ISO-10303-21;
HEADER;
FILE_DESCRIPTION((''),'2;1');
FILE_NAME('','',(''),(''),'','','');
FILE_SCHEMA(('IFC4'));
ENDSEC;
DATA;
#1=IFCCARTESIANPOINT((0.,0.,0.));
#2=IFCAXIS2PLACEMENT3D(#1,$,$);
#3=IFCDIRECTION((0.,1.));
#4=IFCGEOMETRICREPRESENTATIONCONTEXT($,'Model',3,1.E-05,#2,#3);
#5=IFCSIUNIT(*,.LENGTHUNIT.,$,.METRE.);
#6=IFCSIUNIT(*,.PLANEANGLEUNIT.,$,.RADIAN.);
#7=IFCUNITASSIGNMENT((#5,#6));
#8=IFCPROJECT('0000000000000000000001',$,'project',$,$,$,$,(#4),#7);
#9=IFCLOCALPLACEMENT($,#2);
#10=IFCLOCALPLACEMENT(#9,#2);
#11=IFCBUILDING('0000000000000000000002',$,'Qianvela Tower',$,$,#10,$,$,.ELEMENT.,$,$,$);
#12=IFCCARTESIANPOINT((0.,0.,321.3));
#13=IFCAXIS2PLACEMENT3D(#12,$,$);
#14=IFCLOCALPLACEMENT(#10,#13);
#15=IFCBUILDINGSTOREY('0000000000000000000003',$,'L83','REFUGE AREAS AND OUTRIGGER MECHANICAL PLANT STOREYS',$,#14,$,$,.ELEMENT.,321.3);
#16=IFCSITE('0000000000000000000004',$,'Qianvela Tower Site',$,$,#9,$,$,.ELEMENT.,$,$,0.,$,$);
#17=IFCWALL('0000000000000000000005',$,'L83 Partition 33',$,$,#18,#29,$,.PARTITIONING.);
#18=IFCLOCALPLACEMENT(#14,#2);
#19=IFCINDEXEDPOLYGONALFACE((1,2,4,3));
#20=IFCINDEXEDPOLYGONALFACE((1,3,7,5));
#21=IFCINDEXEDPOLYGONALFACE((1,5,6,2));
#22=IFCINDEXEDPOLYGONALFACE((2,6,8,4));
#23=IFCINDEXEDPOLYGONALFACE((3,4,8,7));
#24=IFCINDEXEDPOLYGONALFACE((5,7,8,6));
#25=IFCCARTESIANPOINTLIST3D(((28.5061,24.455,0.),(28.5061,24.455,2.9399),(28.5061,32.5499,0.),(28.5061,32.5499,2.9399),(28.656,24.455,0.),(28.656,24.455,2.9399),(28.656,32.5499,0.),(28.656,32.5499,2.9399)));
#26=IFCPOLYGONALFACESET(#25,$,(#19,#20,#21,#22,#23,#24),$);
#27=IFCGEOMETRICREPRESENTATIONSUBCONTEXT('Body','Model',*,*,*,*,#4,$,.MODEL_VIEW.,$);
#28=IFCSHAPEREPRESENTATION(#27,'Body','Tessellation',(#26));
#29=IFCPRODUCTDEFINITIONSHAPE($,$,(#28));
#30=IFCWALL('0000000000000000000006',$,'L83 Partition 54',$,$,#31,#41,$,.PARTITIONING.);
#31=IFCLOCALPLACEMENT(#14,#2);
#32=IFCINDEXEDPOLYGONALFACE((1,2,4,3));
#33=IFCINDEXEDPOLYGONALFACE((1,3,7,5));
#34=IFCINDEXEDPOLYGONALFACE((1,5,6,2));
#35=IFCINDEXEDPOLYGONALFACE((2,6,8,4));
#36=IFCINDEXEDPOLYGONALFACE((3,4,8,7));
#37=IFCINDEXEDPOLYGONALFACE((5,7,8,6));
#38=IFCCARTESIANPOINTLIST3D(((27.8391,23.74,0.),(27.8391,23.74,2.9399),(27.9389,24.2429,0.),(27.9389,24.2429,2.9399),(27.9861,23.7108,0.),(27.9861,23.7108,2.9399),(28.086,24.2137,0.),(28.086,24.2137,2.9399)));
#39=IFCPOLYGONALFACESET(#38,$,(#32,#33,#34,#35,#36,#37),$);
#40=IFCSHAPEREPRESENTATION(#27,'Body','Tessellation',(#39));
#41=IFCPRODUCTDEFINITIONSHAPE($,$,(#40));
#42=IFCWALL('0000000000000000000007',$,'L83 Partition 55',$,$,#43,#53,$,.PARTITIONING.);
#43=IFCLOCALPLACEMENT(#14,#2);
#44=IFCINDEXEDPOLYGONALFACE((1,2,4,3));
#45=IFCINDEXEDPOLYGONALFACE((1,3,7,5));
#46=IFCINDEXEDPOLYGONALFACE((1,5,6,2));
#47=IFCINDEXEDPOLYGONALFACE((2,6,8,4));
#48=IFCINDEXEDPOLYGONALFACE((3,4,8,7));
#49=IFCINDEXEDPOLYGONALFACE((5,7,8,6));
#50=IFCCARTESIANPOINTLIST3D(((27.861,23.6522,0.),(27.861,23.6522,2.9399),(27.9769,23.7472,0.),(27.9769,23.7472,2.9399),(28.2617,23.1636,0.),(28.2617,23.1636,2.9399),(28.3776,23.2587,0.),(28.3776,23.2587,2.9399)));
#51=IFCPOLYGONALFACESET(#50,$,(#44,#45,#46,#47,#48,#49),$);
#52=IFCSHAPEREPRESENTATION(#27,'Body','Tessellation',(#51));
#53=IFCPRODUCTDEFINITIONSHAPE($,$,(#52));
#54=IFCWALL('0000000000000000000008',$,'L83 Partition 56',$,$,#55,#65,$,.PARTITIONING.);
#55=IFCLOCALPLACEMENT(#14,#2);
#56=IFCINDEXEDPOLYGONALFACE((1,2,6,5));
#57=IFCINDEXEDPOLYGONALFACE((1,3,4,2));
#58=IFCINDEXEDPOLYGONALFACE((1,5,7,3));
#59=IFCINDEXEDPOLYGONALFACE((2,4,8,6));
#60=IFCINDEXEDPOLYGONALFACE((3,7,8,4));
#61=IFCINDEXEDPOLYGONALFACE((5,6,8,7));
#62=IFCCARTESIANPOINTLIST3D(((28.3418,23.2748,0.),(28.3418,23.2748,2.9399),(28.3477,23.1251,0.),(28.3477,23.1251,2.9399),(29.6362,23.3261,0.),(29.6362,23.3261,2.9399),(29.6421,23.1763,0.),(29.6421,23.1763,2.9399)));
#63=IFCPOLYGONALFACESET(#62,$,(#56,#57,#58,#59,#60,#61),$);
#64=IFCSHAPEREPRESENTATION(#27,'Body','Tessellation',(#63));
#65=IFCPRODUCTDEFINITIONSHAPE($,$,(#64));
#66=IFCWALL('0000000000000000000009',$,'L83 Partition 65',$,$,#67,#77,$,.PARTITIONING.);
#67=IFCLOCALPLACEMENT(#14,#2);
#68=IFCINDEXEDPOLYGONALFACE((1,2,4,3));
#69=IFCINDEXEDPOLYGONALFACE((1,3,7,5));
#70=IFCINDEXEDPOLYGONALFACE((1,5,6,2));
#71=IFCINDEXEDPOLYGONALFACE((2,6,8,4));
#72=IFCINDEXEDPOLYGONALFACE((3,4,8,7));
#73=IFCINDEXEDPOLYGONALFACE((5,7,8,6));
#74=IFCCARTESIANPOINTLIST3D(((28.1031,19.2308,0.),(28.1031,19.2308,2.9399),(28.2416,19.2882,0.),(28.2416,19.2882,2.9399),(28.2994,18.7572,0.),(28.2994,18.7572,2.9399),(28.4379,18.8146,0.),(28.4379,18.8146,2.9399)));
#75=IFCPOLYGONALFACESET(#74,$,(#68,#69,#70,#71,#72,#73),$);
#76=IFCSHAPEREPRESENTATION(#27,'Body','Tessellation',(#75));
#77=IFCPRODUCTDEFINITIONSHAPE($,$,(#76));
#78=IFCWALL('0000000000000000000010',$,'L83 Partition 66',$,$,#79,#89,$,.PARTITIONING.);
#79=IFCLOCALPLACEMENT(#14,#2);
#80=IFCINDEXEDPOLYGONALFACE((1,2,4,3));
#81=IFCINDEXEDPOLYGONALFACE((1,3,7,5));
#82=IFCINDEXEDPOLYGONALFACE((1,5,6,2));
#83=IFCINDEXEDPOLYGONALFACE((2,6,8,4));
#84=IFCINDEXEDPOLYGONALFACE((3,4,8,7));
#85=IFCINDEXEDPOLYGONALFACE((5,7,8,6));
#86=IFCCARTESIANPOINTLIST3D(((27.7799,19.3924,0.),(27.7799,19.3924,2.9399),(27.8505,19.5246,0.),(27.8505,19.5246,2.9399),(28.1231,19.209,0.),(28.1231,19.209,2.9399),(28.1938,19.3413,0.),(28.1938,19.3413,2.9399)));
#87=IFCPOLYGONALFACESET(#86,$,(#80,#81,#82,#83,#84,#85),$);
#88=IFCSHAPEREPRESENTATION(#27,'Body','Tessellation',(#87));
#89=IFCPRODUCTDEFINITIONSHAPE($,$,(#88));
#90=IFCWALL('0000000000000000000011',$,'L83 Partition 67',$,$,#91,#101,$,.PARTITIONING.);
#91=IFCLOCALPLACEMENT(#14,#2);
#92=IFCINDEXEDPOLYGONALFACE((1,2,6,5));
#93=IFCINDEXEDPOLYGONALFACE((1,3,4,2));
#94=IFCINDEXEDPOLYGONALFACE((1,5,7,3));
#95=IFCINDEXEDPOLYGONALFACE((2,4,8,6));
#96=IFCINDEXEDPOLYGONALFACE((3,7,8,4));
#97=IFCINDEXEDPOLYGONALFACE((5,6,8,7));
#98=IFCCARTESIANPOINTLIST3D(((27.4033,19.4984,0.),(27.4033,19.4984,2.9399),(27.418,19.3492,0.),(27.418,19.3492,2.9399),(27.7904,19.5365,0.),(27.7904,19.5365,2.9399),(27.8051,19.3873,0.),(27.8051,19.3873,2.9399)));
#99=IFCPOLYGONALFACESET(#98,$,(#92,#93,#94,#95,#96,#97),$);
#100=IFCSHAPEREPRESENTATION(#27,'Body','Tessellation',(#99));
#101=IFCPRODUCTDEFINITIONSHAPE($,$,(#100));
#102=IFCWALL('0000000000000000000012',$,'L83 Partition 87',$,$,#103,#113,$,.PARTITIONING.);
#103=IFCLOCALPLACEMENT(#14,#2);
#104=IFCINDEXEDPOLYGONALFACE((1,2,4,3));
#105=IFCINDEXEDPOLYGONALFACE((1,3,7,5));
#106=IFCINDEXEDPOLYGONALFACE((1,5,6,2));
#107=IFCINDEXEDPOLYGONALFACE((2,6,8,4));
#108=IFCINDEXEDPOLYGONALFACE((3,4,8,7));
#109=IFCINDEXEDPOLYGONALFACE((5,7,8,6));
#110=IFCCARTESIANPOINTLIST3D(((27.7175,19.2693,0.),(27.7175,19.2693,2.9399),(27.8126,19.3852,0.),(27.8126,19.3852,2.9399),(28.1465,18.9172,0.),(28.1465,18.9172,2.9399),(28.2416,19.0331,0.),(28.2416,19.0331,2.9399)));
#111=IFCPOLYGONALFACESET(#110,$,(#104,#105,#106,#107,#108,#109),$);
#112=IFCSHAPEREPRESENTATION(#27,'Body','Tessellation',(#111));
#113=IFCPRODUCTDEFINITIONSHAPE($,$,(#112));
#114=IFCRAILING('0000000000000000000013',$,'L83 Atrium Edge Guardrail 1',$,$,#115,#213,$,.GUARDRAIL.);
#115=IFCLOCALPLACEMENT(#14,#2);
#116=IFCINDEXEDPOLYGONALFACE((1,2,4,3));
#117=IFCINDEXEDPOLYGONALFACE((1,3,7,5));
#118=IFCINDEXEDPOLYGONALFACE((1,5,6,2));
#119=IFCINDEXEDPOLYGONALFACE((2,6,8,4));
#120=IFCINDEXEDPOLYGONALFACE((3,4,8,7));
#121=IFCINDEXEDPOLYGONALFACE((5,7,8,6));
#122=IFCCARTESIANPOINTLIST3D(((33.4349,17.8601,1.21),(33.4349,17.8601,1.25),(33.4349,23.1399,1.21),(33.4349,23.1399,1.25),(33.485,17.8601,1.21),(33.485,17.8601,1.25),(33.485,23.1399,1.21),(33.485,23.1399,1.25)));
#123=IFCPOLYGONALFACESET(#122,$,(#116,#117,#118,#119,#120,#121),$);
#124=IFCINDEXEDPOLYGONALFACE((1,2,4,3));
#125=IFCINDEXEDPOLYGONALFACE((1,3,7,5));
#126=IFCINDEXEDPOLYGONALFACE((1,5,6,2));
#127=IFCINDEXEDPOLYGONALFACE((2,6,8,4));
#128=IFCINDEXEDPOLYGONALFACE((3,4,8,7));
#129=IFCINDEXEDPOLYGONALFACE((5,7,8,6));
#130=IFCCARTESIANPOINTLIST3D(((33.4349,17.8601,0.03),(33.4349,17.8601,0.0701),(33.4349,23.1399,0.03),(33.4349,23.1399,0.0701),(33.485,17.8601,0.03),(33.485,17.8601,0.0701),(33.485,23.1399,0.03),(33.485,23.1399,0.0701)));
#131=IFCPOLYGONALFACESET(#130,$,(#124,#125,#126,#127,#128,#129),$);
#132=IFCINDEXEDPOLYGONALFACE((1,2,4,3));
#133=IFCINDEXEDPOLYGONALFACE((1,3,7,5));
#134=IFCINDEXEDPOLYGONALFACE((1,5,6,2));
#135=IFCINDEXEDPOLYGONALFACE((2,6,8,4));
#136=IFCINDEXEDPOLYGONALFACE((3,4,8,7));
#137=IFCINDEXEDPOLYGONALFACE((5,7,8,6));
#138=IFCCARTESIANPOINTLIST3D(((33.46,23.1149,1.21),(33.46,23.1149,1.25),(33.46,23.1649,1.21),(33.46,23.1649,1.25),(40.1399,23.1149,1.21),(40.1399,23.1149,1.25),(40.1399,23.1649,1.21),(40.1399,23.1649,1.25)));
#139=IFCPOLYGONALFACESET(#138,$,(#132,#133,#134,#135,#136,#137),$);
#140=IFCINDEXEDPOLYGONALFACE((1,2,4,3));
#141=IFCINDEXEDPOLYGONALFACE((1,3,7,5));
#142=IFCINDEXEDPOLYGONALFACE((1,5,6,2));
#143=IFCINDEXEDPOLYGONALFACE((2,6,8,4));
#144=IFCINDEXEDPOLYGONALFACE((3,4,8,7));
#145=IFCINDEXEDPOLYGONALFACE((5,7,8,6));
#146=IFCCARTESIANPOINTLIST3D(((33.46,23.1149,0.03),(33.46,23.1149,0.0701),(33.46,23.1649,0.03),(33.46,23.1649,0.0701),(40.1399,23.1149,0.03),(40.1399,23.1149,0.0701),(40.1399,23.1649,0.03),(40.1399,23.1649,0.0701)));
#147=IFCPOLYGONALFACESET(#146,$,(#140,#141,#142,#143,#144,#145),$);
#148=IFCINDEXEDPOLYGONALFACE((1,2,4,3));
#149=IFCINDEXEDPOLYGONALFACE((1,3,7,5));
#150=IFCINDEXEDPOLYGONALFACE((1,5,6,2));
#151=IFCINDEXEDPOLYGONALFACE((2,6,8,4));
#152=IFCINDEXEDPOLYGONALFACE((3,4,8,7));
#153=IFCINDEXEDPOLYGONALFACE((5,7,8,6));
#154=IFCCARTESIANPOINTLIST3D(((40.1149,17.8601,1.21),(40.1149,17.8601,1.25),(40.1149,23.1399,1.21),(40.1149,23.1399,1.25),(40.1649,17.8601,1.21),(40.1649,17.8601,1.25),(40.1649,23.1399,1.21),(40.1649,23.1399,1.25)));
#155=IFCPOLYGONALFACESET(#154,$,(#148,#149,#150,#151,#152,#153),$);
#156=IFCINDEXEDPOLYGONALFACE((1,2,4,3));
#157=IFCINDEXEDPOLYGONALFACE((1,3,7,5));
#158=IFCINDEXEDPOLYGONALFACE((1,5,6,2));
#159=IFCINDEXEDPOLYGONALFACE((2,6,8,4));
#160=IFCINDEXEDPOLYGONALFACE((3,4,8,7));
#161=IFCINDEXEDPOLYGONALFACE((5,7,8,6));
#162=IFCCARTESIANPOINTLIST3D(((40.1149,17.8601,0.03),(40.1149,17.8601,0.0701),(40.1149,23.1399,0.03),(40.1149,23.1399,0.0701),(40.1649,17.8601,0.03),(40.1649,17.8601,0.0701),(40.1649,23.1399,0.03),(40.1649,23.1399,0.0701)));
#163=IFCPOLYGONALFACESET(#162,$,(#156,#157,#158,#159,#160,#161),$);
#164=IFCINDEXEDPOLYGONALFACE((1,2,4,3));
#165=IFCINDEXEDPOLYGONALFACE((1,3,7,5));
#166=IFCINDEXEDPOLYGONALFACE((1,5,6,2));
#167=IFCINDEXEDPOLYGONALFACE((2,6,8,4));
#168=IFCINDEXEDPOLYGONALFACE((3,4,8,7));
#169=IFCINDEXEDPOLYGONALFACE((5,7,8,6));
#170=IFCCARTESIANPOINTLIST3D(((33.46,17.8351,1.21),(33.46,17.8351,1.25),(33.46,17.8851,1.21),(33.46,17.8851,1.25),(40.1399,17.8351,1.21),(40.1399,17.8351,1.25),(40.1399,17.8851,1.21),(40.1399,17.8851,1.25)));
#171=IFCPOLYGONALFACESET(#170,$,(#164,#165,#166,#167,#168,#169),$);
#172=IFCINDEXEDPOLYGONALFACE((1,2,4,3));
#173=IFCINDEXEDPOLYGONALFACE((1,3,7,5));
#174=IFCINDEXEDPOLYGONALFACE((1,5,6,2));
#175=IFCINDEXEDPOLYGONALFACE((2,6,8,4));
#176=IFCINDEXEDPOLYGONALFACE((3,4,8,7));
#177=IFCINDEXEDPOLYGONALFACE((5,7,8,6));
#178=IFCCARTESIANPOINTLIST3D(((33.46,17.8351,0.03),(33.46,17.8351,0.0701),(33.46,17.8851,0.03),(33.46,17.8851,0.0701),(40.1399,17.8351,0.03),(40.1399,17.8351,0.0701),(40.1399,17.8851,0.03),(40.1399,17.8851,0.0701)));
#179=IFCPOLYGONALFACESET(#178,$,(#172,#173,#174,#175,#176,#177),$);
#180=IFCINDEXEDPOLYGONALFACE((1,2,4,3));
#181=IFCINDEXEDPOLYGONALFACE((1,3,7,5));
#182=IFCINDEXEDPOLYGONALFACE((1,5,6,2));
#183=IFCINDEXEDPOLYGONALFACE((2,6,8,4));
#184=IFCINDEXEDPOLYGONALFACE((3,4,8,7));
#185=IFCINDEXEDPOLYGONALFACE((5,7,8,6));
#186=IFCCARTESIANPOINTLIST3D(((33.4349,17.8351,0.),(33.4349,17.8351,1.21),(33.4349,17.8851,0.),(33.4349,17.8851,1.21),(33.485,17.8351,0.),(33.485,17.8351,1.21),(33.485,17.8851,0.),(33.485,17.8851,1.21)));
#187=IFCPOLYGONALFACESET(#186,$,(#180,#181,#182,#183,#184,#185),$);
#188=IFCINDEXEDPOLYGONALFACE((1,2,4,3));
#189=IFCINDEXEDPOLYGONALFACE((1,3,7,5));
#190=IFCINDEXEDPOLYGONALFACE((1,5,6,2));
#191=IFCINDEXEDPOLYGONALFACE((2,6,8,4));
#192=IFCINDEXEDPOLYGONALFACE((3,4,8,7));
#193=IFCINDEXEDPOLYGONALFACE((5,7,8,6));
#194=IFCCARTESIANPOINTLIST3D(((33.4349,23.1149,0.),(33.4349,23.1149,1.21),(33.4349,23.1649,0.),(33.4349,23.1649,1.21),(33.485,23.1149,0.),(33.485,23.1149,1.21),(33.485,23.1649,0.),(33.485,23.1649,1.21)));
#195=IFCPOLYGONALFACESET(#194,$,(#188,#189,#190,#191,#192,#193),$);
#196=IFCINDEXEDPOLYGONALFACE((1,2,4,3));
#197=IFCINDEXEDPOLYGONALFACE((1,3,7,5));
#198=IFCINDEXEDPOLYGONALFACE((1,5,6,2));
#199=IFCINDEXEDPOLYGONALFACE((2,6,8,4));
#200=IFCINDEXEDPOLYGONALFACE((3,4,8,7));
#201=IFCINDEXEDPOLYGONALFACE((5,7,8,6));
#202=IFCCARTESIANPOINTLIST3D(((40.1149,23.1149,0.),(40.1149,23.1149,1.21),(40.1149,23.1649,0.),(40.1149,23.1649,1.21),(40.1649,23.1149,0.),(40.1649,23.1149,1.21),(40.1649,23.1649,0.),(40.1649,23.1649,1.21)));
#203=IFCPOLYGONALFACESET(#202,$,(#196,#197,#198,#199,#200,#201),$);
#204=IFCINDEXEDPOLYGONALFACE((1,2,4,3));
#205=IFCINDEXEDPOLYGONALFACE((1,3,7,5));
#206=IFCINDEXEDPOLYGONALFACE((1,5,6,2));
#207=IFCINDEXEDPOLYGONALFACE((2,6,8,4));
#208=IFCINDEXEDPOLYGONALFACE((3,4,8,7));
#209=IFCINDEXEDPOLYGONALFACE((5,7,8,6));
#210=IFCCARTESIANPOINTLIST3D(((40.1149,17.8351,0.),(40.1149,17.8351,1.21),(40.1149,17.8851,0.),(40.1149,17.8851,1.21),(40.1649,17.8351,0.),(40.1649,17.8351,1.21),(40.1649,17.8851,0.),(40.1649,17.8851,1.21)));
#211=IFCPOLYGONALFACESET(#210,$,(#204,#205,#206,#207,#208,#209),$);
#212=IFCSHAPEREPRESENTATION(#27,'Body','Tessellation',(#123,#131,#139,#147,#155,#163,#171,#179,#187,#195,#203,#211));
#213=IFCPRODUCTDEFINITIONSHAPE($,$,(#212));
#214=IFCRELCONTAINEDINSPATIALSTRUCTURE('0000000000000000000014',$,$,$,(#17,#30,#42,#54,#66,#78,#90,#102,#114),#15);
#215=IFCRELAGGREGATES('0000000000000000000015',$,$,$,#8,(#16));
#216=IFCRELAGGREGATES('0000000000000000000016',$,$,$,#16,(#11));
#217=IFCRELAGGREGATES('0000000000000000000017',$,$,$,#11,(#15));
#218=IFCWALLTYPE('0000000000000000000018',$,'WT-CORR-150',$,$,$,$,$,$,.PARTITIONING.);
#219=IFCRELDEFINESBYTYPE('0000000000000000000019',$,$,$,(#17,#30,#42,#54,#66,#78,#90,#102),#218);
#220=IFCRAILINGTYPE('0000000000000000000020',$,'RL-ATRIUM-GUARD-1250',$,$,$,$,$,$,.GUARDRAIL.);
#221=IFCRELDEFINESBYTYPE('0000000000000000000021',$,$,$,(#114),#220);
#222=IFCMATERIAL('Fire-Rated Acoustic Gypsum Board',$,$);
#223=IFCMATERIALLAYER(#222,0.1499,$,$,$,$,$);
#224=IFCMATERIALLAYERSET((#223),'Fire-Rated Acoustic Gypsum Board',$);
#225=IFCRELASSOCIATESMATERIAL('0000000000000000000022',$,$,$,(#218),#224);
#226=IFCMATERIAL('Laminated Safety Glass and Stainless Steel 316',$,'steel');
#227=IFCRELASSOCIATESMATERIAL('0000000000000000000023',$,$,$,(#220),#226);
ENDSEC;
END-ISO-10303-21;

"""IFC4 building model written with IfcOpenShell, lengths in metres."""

from ifc_helpers import new_model, si_unit, direction, frame, frame_2d, origin, origin_2d, place, context, subcontext, project, spatial, rectangle, extrude, material, layer, layer_set, type_object, element, save


model = new_model("IFC4")

# Units and contexts
model_context = context("Model", 3, precision=1e-05, world=origin(), true_north=direction((0.0, 1.0)))
body_context = subcontext(model_context, "Body", "Model", "MODEL_VIEW")
ifc_project = project(units=[si_unit("LENGTHUNIT", "METRE"), si_unit("PLANEANGLEUNIT", "RADIAN")], contexts=[model_context])

# Site, building, storey
site_placement = place(None, origin())
site = spatial("IfcSite", under=ifc_project, at=site_placement, Name="Qianvela Tower Site", CompositionType="ELEMENT", RefElevation=0.0)
building_placement = place(site_placement, origin())
building = spatial("IfcBuilding", under=site, at=building_placement, Name="Qianvela Tower", CompositionType="ELEMENT")
storey_placement = place(building_placement, frame((0.0, 0.0, 321.3)))
storey = spatial("IfcBuildingStorey", under=building, at=storey_placement, Name="L83", Description="REFUGE AREAS AND OUTRIGGER MECHANICAL PLANT STOREYS", CompositionType="ELEMENT", Elevation=321.3)

# Shared definitions
ifc_material_1 = material(Name="Fire-Rated Acoustic Gypsum Board")
ifc_layer_1 = layer(ifc_material_1, 0.1499)
ifc_layer_set_1 = layer_set([ifc_layer_1], Name="Fire-Rated Acoustic Gypsum Board")
wall_type = type_object("IfcWallType", Name="WT-CORR-150", PredefinedType="PARTITIONING", material=ifc_layer_set_1)

# Walls
wall_1_placement = place(storey_placement, frame((28.5811, 24.4551, 0.0), z_axis=(0.0, 0.0, 1.0), x_axis=(0.0, 1.0, 0.0)))
element("IfcWall", 1, at=wall_1_placement, inside=storey, type_object=wall_type, Name="L83 Partition 33", PredefinedType="PARTITIONING", context=body_context, shape_type="SweptSolid", body=[
    extrude(rectangle(XDim=8.095, YDim=0.1499, at=frame_2d((4.0474, 0.0))), origin(), (0.0, 0.0, 1.0), 2.9399),
])
wall_2_placement = place(storey_placement, frame((28.0125, 24.2283, 0.0), z_axis=(0.0, 0.0, 1.0), x_axis=(-0.194742, -0.980854, 0.0)))
element("IfcWall", 2, at=wall_2_placement, inside=storey, type_object=wall_type, Name="L83 Partition 54", PredefinedType="PARTITIONING", context=body_context, shape_type="SweptSolid", body=[
    extrude(rectangle(XDim=0.5127, YDim=0.1499, at=frame_2d((0.2563, 0.0))), origin(), (0.0, 0.0, 1.0), 2.9399),
])
wall_3_placement = place(storey_placement, frame((27.9189, 23.6997, 0.0), z_axis=(0.0, 0.0, 1.0), x_axis=(0.634121, -0.773234, 0.0)))
element("IfcWall", 3, at=wall_3_placement, inside=storey, type_object=wall_type, Name="L83 Partition 55", PredefinedType="PARTITIONING", context=body_context, shape_type="SweptSolid", body=[
    extrude(rectangle(XDim=0.6318, YDim=0.1499, at=frame_2d((0.3159, 0.0))), origin(), (0.0, 0.0, 1.0), 2.9399),
])
wall_4_placement = place(storey_placement, frame((28.3447, 23.2, 0.0), z_axis=(0.0, 0.0, 1.0), x_axis=(0.999217, 0.039577, 0.0)))
element("IfcWall", 4, at=wall_4_placement, inside=storey, type_object=wall_type, Name="L83 Partition 56", PredefinedType="PARTITIONING", context=body_context, shape_type="SweptSolid", body=[
    extrude(rectangle(XDim=1.2954, YDim=0.1499, at=frame_2d((0.6477, 0.0))), origin(), (0.0, 0.0, 1.0), 2.9399),
])
wall_5_placement = place(storey_placement, frame((28.3687, 18.7859, 0.0), z_axis=(0.0, 0.0, 1.0), x_axis=(-0.382856, 0.923808, 0.0)))
element("IfcWall", 5, at=wall_5_placement, inside=storey, type_object=wall_type, Name="L83 Partition 65", PredefinedType="PARTITIONING", context=body_context, shape_type="SweptSolid", body=[
    extrude(rectangle(XDim=0.5127, YDim=0.1499, at=frame_2d((0.2563, 0.0))), origin(), (0.0, 0.0, 1.0), 2.9399),
])
wall_6_placement = place(storey_placement, frame((28.1584, 19.2751, 0.0), z_axis=(0.0, 0.0, 1.0), x_axis=(-0.882058, 0.471142, 0.0)))
element("IfcWall", 6, at=wall_6_placement, inside=storey, type_object=wall_type, Name="L83 Partition 66", PredefinedType="PARTITIONING", context=body_context, shape_type="SweptSolid", body=[
    extrude(rectangle(XDim=0.3892, YDim=0.1499, at=frame_2d((0.1946, 0.0))), origin(), (0.0, 0.0, 1.0), 2.9399),
])
wall_7_placement = place(storey_placement, frame((27.7976, 19.4619, 0.0), z_axis=(0.0, 0.0, 1.0), x_axis=(-0.995191, -0.097949, 0.0)))
element("IfcWall", 7, at=wall_7_placement, inside=storey, type_object=wall_type, Name="L83 Partition 67", PredefinedType="PARTITIONING", context=body_context, shape_type="SweptSolid", body=[
    extrude(rectangle(XDim=0.3889, YDim=0.1499, at=frame_2d((0.1943, 0.0))), origin(), (0.0, 0.0, 1.0), 2.9399),
])
wall_8_placement = place(storey_placement, frame((27.7651, 19.3271, 0.0), z_axis=(0.0, 0.0, 1.0), x_axis=(0.772996, -0.634411, 0.0)))
element("IfcWall", 8, at=wall_8_placement, inside=storey, type_object=wall_type, Name="L83 Partition 87", PredefinedType="PARTITIONING", context=body_context, shape_type="SweptSolid", body=[
    extrude(rectangle(XDim=0.5549, YDim=0.1499, at=frame_2d((0.2773, 0.0))), origin(), (0.0, 0.0, 1.0), 2.9399),
])

# Railing
ifc_material_2 = material(Name="Laminated Safety Glass and Stainless Steel 316", Category="steel")
railing_type = type_object("IfcRailingType", Name="RL-ATRIUM-GUARD-1250", PredefinedType="GUARDRAIL", material=ifc_material_2)
railing_placement = place(storey_placement, frame((33.46, 17.8601, 0.0)))
element("IfcRailing", 9, at=railing_placement, inside=storey, type_object=railing_type, Name="L83 Atrium Edge Guardrail 1", PredefinedType="GUARDRAIL", context=body_context, shape_type="SweptSolid", body=[
    extrude(rectangle(XDim=0.05, YDim=0.04, at=origin_2d()), frame((0.0, 0.0, 1.23), z_axis=(0.0, 1.0, 0.0), x_axis=(-1.0, 0.0, 0.0)), (0.0, 0.0, 1.0), 5.2798),
    extrude(rectangle(XDim=0.05, YDim=0.04, at=origin_2d()), frame((0.0, 0.0, 0.05), z_axis=(0.0, 1.0, 0.0), x_axis=(-1.0, 0.0, 0.0)), (0.0, 0.0, 1.0), 5.2798),
    extrude(rectangle(XDim=0.05, YDim=0.04, at=origin_2d()), frame((0.0, 5.2798, 1.23), z_axis=(1.0, 0.0, 0.0), x_axis=(0.0, 1.0, 0.0)), (0.0, 0.0, 1.0), 6.6799),
    extrude(rectangle(XDim=0.05, YDim=0.04, at=origin_2d()), frame((0.0, 5.2798, 0.05), z_axis=(1.0, 0.0, 0.0), x_axis=(0.0, 1.0, 0.0)), (0.0, 0.0, 1.0), 6.6799),
    extrude(rectangle(XDim=0.05, YDim=0.04, at=origin_2d()), frame((6.6799, 5.2798, 1.23), z_axis=(0.0, -1.0, 0.0), x_axis=(1.0, 0.0, 0.0)), (0.0, 0.0, 1.0), 5.2798),
    extrude(rectangle(XDim=0.05, YDim=0.04, at=origin_2d()), frame((6.6799, 5.2798, 0.05), z_axis=(0.0, -1.0, 0.0), x_axis=(1.0, 0.0, 0.0)), (0.0, 0.0, 1.0), 5.2798),
    extrude(rectangle(XDim=0.05, YDim=0.04, at=origin_2d()), frame((6.6799, 0.0, 1.23), z_axis=(-1.0, 0.0, 0.0), x_axis=(0.0, -1.0, 0.0)), (0.0, 0.0, 1.0), 6.6799),
    extrude(rectangle(XDim=0.05, YDim=0.04, at=origin_2d()), frame((6.6799, 0.0, 0.05), z_axis=(-1.0, 0.0, 0.0), x_axis=(0.0, -1.0, 0.0)), (0.0, 0.0, 1.0), 6.6799),
    extrude(rectangle(XDim=0.05, YDim=0.05, at=origin_2d()), origin(), (0.0, 0.0, 1.0), 1.21),
    extrude(rectangle(XDim=0.05, YDim=0.05, at=origin_2d()), frame((0.0, 5.2798, 0.0)), (0.0, 0.0, 1.0), 1.21),
    extrude(rectangle(XDim=0.05, YDim=0.05, at=origin_2d()), frame((6.6799, 5.2798, 0.0)), (0.0, 0.0, 1.0), 1.21),
    extrude(rectangle(XDim=0.05, YDim=0.05, at=origin_2d()), frame((6.6799, 0.0, 0.0)), (0.0, 0.0, 1.0), 1.21),
])

save(model, "model.ifc")
